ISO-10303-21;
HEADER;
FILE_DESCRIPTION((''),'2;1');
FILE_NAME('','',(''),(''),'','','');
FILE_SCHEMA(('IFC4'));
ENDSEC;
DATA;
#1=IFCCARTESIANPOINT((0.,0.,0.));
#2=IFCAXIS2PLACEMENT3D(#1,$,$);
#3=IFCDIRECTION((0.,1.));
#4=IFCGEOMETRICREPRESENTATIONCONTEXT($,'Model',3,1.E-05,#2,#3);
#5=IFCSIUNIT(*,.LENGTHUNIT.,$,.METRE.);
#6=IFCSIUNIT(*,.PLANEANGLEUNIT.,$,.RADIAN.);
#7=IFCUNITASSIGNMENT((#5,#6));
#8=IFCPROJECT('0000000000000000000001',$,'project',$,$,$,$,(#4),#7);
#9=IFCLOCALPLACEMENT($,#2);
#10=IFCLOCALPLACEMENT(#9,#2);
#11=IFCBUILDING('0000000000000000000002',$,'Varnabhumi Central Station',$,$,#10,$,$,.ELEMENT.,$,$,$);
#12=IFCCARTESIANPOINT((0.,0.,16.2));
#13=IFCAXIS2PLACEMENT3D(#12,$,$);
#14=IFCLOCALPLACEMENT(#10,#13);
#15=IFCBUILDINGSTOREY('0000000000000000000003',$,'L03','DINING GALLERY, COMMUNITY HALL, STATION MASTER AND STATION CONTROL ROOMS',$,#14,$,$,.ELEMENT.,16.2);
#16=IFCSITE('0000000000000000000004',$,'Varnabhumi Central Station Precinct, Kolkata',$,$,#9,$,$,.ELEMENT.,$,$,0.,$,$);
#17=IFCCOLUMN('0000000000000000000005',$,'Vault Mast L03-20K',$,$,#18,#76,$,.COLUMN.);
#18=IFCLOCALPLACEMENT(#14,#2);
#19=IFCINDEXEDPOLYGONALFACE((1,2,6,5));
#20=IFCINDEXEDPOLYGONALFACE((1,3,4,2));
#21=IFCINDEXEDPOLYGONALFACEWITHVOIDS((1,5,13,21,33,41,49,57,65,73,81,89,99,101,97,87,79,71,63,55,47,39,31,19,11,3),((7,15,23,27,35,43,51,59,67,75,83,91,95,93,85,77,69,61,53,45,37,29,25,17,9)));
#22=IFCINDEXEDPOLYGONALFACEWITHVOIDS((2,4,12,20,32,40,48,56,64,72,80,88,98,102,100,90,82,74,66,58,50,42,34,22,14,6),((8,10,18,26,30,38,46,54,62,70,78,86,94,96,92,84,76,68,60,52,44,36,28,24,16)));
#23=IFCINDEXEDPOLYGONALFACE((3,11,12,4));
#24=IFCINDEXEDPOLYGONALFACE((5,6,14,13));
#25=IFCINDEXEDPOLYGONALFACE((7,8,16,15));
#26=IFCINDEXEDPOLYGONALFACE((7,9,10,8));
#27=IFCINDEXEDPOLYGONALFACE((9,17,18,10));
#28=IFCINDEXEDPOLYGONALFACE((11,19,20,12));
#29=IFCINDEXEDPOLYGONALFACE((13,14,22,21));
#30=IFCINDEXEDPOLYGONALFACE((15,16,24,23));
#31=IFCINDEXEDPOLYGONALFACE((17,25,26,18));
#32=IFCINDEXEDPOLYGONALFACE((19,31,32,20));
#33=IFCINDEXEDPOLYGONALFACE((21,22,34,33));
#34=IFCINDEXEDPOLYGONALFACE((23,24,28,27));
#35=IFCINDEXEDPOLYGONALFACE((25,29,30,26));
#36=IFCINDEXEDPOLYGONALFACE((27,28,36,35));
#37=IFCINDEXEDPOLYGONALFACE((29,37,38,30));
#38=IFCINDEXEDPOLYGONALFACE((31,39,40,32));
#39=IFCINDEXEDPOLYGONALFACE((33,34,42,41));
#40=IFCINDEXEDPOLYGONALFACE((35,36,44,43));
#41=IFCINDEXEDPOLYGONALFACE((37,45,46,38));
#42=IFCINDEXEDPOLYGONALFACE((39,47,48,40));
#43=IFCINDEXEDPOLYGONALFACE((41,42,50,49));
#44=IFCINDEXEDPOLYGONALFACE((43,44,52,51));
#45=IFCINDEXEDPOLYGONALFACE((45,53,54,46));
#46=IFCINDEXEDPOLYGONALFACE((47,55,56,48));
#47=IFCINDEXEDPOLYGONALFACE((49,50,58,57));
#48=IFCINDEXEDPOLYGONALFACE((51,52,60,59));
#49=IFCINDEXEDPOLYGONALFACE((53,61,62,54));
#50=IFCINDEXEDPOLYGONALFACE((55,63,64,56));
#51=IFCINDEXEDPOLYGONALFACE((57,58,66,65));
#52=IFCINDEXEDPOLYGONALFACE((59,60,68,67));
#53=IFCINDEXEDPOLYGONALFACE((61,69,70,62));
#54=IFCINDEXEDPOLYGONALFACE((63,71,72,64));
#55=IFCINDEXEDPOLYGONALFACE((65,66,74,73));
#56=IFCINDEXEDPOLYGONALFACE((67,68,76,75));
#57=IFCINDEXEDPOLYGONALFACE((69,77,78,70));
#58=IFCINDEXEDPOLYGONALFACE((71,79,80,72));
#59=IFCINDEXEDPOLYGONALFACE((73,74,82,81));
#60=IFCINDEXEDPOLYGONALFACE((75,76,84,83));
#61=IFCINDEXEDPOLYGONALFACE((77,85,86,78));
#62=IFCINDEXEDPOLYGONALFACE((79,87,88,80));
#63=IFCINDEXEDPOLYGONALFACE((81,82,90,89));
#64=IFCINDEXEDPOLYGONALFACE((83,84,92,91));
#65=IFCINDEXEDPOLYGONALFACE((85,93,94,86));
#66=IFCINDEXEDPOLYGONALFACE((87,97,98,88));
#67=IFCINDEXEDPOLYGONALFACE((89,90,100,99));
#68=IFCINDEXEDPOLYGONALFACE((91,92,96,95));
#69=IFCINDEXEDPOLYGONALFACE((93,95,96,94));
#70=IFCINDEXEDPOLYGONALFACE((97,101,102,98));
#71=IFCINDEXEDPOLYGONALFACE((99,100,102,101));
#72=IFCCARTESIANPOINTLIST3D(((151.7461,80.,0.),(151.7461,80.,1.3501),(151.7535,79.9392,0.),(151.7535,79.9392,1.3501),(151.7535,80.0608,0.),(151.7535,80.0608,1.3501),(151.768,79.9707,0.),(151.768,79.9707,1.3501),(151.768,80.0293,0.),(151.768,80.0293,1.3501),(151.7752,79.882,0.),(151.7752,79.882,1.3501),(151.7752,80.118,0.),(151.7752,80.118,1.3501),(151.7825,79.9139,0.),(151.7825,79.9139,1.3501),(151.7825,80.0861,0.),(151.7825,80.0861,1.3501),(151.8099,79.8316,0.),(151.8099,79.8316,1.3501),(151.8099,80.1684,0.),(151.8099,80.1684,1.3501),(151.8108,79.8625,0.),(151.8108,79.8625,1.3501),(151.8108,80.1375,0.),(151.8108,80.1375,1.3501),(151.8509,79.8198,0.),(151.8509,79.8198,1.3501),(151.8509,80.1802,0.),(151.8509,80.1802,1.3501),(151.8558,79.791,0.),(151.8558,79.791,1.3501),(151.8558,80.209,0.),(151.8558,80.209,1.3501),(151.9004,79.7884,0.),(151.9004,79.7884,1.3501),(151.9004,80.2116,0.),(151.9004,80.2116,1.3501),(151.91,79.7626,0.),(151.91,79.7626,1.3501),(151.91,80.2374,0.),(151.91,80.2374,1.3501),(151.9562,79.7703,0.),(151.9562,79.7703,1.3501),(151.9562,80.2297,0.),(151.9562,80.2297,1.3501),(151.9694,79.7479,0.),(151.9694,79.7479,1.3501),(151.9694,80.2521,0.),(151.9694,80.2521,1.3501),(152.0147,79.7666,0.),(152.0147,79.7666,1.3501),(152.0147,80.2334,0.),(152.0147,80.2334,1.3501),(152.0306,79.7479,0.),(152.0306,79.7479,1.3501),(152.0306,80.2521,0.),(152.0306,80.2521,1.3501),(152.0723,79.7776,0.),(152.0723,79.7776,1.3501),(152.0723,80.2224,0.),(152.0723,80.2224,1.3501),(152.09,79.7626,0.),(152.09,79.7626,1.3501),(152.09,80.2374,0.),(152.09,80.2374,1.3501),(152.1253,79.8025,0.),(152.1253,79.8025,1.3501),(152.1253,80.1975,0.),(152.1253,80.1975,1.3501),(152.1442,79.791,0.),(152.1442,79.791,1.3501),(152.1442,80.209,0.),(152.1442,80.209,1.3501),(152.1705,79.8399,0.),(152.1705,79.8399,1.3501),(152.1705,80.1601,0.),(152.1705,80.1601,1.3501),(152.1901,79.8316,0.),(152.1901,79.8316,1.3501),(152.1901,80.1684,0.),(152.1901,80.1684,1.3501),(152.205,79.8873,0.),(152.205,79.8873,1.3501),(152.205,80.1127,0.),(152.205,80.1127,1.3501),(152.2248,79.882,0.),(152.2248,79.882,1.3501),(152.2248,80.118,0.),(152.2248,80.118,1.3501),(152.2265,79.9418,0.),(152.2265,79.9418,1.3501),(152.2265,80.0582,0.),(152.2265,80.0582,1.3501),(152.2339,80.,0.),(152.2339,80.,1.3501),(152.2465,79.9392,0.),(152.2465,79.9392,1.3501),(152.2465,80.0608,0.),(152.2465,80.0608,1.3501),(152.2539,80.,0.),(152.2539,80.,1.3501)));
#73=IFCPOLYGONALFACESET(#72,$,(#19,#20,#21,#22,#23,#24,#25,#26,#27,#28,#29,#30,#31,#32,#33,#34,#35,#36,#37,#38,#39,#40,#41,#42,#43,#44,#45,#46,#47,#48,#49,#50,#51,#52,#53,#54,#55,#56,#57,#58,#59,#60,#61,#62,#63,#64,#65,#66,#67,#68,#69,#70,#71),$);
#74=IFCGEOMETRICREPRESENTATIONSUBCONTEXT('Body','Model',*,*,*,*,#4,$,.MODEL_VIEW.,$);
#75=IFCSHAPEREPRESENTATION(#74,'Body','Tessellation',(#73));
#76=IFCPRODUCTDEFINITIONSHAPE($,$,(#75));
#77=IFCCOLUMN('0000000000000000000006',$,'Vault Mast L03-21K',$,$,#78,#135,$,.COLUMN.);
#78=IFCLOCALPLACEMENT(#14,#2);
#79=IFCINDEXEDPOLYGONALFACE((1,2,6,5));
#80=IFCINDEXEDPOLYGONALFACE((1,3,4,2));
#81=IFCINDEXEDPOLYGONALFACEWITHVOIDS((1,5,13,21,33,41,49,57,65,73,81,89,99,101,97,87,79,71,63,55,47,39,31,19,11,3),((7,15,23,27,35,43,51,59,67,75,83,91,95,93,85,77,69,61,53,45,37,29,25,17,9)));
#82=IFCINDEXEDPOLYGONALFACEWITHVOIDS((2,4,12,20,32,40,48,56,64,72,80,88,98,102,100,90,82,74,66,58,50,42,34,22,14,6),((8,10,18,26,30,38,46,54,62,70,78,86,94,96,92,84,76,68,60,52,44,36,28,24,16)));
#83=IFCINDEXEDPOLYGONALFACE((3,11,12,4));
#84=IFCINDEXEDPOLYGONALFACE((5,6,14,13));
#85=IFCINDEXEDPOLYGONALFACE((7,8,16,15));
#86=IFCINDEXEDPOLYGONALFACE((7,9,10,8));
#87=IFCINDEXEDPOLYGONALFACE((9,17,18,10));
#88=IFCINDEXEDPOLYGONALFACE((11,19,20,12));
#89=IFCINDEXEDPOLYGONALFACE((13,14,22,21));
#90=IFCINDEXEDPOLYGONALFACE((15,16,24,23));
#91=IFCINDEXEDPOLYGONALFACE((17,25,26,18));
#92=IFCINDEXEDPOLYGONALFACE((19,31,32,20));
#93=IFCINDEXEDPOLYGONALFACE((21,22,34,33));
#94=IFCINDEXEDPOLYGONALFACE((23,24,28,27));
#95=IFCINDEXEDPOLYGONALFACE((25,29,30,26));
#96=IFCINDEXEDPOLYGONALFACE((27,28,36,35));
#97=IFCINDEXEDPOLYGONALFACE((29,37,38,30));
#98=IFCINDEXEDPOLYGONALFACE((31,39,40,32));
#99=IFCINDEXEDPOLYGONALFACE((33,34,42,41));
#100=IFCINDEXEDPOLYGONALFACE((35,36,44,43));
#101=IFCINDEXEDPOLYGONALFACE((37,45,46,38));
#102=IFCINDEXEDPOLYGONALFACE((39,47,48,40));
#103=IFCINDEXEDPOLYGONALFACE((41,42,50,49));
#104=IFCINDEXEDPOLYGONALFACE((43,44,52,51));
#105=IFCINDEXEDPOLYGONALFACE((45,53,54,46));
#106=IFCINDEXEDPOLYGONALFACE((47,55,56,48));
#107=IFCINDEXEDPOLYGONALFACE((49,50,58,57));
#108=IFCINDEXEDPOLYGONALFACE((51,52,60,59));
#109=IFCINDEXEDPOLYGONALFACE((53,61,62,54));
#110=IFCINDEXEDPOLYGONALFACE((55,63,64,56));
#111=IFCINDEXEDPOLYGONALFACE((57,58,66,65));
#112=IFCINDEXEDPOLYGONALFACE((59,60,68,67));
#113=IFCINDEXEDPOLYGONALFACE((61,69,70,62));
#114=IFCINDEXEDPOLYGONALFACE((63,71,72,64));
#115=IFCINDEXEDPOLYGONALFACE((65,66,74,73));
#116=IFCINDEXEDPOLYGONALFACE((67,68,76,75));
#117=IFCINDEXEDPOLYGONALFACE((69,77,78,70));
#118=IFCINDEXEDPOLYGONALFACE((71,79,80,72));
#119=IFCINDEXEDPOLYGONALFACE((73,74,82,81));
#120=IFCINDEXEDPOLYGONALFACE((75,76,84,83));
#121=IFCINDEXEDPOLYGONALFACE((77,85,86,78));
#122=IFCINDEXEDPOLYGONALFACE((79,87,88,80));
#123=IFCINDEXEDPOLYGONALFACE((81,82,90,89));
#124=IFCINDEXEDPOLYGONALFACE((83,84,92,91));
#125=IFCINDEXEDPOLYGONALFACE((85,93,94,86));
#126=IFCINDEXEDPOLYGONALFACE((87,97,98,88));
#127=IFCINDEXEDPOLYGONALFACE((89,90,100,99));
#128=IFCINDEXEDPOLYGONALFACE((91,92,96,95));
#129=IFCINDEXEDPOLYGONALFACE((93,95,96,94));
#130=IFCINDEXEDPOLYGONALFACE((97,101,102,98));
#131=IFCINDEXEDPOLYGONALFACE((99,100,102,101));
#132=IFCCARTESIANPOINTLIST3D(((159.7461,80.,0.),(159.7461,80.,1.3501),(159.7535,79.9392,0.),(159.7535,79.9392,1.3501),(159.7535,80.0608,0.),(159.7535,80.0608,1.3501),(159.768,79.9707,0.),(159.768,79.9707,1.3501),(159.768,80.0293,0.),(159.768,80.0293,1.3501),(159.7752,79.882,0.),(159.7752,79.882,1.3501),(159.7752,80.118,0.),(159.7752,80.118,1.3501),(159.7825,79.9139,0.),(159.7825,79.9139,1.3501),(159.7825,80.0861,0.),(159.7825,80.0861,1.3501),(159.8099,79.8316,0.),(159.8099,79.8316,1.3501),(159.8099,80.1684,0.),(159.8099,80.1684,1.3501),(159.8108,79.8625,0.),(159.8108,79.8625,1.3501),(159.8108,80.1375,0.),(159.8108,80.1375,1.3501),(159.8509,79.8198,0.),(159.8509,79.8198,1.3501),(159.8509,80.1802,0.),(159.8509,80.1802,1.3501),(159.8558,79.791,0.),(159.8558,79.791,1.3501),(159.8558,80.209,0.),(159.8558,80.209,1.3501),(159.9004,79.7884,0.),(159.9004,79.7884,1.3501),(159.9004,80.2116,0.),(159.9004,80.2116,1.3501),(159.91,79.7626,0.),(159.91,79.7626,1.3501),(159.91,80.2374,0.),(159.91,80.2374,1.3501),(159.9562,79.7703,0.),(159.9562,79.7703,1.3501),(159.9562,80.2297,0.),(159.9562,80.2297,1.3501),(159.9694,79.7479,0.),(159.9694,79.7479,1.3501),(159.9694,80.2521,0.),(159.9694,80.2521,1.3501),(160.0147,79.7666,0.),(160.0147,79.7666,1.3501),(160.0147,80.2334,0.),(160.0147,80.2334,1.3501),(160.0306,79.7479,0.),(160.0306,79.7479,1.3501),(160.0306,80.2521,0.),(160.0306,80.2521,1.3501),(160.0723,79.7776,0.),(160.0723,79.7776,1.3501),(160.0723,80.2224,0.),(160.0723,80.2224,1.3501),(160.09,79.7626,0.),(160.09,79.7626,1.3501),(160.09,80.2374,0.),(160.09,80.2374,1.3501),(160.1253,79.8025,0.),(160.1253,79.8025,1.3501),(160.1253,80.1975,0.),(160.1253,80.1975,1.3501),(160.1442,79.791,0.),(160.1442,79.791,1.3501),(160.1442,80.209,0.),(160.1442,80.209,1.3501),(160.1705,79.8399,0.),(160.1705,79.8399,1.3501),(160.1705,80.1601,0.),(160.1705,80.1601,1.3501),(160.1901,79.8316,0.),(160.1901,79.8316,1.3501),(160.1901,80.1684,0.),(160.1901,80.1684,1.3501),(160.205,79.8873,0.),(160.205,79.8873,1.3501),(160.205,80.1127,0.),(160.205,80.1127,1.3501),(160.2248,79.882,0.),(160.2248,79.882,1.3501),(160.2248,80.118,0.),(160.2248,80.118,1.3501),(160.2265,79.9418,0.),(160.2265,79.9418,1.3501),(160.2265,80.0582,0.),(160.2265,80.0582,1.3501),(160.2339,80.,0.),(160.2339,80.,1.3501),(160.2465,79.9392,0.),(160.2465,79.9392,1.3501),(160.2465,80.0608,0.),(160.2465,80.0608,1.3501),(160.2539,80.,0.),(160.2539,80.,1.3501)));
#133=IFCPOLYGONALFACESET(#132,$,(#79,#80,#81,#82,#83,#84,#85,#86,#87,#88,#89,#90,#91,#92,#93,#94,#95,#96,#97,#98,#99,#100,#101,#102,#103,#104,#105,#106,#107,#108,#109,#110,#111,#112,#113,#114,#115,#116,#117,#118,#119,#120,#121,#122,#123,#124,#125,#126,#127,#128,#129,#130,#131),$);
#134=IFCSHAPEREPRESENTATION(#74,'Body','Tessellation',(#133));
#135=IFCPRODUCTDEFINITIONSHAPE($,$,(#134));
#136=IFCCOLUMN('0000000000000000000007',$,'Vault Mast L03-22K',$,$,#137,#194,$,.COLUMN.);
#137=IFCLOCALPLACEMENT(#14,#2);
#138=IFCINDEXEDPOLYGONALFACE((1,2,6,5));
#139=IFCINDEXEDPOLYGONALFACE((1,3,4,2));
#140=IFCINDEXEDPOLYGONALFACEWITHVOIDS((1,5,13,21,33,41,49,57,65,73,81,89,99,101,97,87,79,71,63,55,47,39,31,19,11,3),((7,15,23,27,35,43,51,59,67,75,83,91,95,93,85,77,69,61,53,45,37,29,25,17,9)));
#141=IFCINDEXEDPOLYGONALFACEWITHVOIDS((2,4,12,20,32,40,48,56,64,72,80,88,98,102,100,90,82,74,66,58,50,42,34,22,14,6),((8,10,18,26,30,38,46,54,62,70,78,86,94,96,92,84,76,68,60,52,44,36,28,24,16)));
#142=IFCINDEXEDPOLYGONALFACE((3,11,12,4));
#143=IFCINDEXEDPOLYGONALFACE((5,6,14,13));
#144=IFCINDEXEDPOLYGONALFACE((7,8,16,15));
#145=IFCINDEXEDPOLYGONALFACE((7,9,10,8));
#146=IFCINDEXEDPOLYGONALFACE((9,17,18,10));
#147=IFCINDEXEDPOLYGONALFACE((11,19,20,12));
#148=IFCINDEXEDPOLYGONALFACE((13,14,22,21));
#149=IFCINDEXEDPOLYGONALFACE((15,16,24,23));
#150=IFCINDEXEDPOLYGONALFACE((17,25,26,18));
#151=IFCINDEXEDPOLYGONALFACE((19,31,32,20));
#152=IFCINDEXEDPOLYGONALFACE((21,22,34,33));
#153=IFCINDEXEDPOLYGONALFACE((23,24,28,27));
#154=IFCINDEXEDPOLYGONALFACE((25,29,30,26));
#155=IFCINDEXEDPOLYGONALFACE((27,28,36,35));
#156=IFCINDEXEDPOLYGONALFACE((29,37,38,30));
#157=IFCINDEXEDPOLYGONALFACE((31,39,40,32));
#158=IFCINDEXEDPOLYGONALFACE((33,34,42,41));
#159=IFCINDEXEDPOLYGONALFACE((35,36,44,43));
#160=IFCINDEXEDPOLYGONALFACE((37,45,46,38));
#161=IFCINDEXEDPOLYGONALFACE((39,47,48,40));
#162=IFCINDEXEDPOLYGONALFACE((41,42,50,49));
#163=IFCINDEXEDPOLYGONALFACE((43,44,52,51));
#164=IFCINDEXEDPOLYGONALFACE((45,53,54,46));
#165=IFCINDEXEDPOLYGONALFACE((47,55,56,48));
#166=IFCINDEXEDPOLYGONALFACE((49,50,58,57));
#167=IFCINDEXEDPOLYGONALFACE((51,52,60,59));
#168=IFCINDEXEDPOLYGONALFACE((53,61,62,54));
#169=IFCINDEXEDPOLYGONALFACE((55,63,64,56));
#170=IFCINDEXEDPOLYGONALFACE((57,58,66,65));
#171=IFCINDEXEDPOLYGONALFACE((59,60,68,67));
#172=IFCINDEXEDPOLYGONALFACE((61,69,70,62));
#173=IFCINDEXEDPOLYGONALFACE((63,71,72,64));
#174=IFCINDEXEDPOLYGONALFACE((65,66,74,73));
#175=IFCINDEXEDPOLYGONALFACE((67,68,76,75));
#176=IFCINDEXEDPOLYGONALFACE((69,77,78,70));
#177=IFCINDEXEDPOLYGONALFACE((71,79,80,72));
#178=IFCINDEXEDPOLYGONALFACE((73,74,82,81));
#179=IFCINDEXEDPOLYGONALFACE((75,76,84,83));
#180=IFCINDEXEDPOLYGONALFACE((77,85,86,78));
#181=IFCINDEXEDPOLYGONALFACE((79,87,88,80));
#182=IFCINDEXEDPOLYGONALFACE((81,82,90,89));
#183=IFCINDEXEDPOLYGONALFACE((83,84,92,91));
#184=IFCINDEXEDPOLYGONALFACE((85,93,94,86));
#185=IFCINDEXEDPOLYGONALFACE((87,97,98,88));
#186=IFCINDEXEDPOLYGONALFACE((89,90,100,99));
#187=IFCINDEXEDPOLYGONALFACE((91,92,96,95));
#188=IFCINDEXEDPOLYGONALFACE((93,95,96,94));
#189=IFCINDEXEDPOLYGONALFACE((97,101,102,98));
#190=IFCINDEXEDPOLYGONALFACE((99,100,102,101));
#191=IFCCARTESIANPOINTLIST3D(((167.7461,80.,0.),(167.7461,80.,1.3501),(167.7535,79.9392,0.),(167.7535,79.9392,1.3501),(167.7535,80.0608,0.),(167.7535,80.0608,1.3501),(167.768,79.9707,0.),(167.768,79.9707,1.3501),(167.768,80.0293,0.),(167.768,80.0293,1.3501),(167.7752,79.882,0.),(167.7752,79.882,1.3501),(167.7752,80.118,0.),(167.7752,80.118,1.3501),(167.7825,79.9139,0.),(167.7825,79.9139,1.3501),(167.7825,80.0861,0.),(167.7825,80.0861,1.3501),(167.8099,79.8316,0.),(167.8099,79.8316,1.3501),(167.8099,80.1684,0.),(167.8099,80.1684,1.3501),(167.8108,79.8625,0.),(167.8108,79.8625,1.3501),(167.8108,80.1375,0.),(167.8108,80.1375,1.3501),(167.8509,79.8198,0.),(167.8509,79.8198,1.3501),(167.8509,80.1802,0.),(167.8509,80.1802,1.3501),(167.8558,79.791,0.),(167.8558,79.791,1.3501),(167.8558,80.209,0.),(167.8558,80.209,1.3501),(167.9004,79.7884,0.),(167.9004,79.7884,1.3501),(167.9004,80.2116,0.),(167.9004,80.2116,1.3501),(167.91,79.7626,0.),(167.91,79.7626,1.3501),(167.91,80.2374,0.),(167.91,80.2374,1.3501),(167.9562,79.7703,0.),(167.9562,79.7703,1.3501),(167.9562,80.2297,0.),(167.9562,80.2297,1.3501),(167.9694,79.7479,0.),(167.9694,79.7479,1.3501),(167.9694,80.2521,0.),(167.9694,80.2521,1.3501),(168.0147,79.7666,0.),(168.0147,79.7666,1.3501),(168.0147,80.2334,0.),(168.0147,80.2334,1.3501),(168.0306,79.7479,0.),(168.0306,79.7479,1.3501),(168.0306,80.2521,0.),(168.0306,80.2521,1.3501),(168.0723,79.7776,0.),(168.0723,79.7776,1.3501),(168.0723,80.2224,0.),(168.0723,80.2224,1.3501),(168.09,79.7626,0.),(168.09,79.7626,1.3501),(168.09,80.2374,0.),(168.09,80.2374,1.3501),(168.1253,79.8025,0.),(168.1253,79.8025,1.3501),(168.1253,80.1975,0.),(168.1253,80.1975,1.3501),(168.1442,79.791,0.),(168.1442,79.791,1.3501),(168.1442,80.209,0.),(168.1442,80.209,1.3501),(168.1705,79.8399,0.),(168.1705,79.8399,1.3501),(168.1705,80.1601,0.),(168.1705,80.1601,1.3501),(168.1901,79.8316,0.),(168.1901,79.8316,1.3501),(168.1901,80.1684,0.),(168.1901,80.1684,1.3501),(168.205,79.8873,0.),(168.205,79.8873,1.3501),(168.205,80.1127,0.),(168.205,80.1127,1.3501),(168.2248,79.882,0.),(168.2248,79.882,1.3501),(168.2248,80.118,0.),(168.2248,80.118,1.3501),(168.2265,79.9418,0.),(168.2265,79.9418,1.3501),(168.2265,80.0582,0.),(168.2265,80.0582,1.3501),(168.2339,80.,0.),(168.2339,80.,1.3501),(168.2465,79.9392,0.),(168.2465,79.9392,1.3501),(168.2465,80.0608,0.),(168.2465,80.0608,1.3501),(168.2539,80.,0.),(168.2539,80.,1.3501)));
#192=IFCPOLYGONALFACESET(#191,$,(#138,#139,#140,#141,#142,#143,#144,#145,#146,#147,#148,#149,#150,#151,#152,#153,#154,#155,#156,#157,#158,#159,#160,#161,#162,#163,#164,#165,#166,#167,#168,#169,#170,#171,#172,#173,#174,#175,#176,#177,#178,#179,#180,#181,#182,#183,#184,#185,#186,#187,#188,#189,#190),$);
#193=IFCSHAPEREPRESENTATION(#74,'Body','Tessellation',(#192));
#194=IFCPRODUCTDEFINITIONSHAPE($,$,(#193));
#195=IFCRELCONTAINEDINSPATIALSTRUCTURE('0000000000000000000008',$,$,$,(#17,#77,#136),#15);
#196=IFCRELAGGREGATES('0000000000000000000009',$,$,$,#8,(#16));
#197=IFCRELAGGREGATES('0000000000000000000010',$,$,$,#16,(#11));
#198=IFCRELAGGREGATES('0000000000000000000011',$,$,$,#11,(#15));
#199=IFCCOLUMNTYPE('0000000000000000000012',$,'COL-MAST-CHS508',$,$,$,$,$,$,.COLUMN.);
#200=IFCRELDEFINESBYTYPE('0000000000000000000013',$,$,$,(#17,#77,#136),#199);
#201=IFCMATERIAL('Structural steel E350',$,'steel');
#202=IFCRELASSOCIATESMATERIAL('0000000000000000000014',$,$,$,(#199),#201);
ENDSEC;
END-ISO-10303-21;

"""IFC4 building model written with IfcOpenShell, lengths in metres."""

from ifc_helpers import new_model, si_unit, direction, frame, origin, origin_2d, place, context, subcontext, project, spatial, hollow_circle, extrude, material, material_profile, profile_set, type_object, element, save


model = new_model("IFC4")

# Units and contexts
model_context = context("Model", 3, precision=1e-05, world=origin(), true_north=direction((0.0, 1.0)))
body_context = subcontext(model_context, "Body", "Model", "MODEL_VIEW")
ifc_project = project(units=[si_unit("LENGTHUNIT", "METRE"), si_unit("PLANEANGLEUNIT", "RADIAN")], contexts=[model_context])

# Site, building, storey
site_placement = place(None, origin())
site = spatial("IfcSite", under=ifc_project, at=site_placement, Name="Varnabhumi Central Station Precinct, Kolkata", CompositionType="ELEMENT", RefElevation=0.0)
building_placement = place(site_placement, origin())
building = spatial("IfcBuilding", under=site, at=building_placement, Name="Varnabhumi Central Station", CompositionType="ELEMENT")
storey_placement = place(building_placement, frame((0.0, 0.0, 16.2)))
storey = spatial("IfcBuildingStorey", under=building, at=storey_placement, Name="L03", Description="DINING GALLERY, COMMUNITY HALL, STATION MASTER AND STATION CONTROL ROOMS", CompositionType="ELEMENT", Elevation=16.2)

# Columns
ifc_material_1 = material(Name="Structural steel E350", Category="steel")
ifc_material_profile_1 = material_profile(ifc_material_1, hollow_circle(Radius=0.2539, WallThickness=0.02, at=origin_2d()), Name="Structural steel E350", Category="steel")
ifc_profile_set_1 = profile_set([ifc_material_profile_1], Name="Structural steel E350")
column_type = type_object("IfcColumnType", Name="COL-MAST-CHS508", PredefinedType="COLUMN", material=ifc_profile_set_1)
for number, where, z_axis, x_axis, name in (
    (1, (152.0, 80.0, 0.0), (0.0, 0.0, 1.0), (1.0, 0.0, 0.0), "Vault Mast L03-20K"),
    (2, (160.0, 80.0, 0.0), (0.0, 0.0, 1.0), (1.0, 0.0, 0.0), "Vault Mast L03-21K"),
    (3, (168.0, 80.0, 0.0), (0.0, 0.0, 1.0), (1.0, 0.0, 0.0), "Vault Mast L03-22K"),
):
    element("IfcColumn", number, at=place(storey_placement, frame(where, z_axis=z_axis, x_axis=x_axis)), inside=storey, type_object=column_type, Name=name, PredefinedType="COLUMN", context=body_context, shape_type="SweptSolid", body=[
        extrude(hollow_circle(Radius=0.2539, WallThickness=0.02, at=origin_2d()), origin(), (0.0, 0.0, 1.0), 1.3501),
    ])

save(model, "model.ifc")
